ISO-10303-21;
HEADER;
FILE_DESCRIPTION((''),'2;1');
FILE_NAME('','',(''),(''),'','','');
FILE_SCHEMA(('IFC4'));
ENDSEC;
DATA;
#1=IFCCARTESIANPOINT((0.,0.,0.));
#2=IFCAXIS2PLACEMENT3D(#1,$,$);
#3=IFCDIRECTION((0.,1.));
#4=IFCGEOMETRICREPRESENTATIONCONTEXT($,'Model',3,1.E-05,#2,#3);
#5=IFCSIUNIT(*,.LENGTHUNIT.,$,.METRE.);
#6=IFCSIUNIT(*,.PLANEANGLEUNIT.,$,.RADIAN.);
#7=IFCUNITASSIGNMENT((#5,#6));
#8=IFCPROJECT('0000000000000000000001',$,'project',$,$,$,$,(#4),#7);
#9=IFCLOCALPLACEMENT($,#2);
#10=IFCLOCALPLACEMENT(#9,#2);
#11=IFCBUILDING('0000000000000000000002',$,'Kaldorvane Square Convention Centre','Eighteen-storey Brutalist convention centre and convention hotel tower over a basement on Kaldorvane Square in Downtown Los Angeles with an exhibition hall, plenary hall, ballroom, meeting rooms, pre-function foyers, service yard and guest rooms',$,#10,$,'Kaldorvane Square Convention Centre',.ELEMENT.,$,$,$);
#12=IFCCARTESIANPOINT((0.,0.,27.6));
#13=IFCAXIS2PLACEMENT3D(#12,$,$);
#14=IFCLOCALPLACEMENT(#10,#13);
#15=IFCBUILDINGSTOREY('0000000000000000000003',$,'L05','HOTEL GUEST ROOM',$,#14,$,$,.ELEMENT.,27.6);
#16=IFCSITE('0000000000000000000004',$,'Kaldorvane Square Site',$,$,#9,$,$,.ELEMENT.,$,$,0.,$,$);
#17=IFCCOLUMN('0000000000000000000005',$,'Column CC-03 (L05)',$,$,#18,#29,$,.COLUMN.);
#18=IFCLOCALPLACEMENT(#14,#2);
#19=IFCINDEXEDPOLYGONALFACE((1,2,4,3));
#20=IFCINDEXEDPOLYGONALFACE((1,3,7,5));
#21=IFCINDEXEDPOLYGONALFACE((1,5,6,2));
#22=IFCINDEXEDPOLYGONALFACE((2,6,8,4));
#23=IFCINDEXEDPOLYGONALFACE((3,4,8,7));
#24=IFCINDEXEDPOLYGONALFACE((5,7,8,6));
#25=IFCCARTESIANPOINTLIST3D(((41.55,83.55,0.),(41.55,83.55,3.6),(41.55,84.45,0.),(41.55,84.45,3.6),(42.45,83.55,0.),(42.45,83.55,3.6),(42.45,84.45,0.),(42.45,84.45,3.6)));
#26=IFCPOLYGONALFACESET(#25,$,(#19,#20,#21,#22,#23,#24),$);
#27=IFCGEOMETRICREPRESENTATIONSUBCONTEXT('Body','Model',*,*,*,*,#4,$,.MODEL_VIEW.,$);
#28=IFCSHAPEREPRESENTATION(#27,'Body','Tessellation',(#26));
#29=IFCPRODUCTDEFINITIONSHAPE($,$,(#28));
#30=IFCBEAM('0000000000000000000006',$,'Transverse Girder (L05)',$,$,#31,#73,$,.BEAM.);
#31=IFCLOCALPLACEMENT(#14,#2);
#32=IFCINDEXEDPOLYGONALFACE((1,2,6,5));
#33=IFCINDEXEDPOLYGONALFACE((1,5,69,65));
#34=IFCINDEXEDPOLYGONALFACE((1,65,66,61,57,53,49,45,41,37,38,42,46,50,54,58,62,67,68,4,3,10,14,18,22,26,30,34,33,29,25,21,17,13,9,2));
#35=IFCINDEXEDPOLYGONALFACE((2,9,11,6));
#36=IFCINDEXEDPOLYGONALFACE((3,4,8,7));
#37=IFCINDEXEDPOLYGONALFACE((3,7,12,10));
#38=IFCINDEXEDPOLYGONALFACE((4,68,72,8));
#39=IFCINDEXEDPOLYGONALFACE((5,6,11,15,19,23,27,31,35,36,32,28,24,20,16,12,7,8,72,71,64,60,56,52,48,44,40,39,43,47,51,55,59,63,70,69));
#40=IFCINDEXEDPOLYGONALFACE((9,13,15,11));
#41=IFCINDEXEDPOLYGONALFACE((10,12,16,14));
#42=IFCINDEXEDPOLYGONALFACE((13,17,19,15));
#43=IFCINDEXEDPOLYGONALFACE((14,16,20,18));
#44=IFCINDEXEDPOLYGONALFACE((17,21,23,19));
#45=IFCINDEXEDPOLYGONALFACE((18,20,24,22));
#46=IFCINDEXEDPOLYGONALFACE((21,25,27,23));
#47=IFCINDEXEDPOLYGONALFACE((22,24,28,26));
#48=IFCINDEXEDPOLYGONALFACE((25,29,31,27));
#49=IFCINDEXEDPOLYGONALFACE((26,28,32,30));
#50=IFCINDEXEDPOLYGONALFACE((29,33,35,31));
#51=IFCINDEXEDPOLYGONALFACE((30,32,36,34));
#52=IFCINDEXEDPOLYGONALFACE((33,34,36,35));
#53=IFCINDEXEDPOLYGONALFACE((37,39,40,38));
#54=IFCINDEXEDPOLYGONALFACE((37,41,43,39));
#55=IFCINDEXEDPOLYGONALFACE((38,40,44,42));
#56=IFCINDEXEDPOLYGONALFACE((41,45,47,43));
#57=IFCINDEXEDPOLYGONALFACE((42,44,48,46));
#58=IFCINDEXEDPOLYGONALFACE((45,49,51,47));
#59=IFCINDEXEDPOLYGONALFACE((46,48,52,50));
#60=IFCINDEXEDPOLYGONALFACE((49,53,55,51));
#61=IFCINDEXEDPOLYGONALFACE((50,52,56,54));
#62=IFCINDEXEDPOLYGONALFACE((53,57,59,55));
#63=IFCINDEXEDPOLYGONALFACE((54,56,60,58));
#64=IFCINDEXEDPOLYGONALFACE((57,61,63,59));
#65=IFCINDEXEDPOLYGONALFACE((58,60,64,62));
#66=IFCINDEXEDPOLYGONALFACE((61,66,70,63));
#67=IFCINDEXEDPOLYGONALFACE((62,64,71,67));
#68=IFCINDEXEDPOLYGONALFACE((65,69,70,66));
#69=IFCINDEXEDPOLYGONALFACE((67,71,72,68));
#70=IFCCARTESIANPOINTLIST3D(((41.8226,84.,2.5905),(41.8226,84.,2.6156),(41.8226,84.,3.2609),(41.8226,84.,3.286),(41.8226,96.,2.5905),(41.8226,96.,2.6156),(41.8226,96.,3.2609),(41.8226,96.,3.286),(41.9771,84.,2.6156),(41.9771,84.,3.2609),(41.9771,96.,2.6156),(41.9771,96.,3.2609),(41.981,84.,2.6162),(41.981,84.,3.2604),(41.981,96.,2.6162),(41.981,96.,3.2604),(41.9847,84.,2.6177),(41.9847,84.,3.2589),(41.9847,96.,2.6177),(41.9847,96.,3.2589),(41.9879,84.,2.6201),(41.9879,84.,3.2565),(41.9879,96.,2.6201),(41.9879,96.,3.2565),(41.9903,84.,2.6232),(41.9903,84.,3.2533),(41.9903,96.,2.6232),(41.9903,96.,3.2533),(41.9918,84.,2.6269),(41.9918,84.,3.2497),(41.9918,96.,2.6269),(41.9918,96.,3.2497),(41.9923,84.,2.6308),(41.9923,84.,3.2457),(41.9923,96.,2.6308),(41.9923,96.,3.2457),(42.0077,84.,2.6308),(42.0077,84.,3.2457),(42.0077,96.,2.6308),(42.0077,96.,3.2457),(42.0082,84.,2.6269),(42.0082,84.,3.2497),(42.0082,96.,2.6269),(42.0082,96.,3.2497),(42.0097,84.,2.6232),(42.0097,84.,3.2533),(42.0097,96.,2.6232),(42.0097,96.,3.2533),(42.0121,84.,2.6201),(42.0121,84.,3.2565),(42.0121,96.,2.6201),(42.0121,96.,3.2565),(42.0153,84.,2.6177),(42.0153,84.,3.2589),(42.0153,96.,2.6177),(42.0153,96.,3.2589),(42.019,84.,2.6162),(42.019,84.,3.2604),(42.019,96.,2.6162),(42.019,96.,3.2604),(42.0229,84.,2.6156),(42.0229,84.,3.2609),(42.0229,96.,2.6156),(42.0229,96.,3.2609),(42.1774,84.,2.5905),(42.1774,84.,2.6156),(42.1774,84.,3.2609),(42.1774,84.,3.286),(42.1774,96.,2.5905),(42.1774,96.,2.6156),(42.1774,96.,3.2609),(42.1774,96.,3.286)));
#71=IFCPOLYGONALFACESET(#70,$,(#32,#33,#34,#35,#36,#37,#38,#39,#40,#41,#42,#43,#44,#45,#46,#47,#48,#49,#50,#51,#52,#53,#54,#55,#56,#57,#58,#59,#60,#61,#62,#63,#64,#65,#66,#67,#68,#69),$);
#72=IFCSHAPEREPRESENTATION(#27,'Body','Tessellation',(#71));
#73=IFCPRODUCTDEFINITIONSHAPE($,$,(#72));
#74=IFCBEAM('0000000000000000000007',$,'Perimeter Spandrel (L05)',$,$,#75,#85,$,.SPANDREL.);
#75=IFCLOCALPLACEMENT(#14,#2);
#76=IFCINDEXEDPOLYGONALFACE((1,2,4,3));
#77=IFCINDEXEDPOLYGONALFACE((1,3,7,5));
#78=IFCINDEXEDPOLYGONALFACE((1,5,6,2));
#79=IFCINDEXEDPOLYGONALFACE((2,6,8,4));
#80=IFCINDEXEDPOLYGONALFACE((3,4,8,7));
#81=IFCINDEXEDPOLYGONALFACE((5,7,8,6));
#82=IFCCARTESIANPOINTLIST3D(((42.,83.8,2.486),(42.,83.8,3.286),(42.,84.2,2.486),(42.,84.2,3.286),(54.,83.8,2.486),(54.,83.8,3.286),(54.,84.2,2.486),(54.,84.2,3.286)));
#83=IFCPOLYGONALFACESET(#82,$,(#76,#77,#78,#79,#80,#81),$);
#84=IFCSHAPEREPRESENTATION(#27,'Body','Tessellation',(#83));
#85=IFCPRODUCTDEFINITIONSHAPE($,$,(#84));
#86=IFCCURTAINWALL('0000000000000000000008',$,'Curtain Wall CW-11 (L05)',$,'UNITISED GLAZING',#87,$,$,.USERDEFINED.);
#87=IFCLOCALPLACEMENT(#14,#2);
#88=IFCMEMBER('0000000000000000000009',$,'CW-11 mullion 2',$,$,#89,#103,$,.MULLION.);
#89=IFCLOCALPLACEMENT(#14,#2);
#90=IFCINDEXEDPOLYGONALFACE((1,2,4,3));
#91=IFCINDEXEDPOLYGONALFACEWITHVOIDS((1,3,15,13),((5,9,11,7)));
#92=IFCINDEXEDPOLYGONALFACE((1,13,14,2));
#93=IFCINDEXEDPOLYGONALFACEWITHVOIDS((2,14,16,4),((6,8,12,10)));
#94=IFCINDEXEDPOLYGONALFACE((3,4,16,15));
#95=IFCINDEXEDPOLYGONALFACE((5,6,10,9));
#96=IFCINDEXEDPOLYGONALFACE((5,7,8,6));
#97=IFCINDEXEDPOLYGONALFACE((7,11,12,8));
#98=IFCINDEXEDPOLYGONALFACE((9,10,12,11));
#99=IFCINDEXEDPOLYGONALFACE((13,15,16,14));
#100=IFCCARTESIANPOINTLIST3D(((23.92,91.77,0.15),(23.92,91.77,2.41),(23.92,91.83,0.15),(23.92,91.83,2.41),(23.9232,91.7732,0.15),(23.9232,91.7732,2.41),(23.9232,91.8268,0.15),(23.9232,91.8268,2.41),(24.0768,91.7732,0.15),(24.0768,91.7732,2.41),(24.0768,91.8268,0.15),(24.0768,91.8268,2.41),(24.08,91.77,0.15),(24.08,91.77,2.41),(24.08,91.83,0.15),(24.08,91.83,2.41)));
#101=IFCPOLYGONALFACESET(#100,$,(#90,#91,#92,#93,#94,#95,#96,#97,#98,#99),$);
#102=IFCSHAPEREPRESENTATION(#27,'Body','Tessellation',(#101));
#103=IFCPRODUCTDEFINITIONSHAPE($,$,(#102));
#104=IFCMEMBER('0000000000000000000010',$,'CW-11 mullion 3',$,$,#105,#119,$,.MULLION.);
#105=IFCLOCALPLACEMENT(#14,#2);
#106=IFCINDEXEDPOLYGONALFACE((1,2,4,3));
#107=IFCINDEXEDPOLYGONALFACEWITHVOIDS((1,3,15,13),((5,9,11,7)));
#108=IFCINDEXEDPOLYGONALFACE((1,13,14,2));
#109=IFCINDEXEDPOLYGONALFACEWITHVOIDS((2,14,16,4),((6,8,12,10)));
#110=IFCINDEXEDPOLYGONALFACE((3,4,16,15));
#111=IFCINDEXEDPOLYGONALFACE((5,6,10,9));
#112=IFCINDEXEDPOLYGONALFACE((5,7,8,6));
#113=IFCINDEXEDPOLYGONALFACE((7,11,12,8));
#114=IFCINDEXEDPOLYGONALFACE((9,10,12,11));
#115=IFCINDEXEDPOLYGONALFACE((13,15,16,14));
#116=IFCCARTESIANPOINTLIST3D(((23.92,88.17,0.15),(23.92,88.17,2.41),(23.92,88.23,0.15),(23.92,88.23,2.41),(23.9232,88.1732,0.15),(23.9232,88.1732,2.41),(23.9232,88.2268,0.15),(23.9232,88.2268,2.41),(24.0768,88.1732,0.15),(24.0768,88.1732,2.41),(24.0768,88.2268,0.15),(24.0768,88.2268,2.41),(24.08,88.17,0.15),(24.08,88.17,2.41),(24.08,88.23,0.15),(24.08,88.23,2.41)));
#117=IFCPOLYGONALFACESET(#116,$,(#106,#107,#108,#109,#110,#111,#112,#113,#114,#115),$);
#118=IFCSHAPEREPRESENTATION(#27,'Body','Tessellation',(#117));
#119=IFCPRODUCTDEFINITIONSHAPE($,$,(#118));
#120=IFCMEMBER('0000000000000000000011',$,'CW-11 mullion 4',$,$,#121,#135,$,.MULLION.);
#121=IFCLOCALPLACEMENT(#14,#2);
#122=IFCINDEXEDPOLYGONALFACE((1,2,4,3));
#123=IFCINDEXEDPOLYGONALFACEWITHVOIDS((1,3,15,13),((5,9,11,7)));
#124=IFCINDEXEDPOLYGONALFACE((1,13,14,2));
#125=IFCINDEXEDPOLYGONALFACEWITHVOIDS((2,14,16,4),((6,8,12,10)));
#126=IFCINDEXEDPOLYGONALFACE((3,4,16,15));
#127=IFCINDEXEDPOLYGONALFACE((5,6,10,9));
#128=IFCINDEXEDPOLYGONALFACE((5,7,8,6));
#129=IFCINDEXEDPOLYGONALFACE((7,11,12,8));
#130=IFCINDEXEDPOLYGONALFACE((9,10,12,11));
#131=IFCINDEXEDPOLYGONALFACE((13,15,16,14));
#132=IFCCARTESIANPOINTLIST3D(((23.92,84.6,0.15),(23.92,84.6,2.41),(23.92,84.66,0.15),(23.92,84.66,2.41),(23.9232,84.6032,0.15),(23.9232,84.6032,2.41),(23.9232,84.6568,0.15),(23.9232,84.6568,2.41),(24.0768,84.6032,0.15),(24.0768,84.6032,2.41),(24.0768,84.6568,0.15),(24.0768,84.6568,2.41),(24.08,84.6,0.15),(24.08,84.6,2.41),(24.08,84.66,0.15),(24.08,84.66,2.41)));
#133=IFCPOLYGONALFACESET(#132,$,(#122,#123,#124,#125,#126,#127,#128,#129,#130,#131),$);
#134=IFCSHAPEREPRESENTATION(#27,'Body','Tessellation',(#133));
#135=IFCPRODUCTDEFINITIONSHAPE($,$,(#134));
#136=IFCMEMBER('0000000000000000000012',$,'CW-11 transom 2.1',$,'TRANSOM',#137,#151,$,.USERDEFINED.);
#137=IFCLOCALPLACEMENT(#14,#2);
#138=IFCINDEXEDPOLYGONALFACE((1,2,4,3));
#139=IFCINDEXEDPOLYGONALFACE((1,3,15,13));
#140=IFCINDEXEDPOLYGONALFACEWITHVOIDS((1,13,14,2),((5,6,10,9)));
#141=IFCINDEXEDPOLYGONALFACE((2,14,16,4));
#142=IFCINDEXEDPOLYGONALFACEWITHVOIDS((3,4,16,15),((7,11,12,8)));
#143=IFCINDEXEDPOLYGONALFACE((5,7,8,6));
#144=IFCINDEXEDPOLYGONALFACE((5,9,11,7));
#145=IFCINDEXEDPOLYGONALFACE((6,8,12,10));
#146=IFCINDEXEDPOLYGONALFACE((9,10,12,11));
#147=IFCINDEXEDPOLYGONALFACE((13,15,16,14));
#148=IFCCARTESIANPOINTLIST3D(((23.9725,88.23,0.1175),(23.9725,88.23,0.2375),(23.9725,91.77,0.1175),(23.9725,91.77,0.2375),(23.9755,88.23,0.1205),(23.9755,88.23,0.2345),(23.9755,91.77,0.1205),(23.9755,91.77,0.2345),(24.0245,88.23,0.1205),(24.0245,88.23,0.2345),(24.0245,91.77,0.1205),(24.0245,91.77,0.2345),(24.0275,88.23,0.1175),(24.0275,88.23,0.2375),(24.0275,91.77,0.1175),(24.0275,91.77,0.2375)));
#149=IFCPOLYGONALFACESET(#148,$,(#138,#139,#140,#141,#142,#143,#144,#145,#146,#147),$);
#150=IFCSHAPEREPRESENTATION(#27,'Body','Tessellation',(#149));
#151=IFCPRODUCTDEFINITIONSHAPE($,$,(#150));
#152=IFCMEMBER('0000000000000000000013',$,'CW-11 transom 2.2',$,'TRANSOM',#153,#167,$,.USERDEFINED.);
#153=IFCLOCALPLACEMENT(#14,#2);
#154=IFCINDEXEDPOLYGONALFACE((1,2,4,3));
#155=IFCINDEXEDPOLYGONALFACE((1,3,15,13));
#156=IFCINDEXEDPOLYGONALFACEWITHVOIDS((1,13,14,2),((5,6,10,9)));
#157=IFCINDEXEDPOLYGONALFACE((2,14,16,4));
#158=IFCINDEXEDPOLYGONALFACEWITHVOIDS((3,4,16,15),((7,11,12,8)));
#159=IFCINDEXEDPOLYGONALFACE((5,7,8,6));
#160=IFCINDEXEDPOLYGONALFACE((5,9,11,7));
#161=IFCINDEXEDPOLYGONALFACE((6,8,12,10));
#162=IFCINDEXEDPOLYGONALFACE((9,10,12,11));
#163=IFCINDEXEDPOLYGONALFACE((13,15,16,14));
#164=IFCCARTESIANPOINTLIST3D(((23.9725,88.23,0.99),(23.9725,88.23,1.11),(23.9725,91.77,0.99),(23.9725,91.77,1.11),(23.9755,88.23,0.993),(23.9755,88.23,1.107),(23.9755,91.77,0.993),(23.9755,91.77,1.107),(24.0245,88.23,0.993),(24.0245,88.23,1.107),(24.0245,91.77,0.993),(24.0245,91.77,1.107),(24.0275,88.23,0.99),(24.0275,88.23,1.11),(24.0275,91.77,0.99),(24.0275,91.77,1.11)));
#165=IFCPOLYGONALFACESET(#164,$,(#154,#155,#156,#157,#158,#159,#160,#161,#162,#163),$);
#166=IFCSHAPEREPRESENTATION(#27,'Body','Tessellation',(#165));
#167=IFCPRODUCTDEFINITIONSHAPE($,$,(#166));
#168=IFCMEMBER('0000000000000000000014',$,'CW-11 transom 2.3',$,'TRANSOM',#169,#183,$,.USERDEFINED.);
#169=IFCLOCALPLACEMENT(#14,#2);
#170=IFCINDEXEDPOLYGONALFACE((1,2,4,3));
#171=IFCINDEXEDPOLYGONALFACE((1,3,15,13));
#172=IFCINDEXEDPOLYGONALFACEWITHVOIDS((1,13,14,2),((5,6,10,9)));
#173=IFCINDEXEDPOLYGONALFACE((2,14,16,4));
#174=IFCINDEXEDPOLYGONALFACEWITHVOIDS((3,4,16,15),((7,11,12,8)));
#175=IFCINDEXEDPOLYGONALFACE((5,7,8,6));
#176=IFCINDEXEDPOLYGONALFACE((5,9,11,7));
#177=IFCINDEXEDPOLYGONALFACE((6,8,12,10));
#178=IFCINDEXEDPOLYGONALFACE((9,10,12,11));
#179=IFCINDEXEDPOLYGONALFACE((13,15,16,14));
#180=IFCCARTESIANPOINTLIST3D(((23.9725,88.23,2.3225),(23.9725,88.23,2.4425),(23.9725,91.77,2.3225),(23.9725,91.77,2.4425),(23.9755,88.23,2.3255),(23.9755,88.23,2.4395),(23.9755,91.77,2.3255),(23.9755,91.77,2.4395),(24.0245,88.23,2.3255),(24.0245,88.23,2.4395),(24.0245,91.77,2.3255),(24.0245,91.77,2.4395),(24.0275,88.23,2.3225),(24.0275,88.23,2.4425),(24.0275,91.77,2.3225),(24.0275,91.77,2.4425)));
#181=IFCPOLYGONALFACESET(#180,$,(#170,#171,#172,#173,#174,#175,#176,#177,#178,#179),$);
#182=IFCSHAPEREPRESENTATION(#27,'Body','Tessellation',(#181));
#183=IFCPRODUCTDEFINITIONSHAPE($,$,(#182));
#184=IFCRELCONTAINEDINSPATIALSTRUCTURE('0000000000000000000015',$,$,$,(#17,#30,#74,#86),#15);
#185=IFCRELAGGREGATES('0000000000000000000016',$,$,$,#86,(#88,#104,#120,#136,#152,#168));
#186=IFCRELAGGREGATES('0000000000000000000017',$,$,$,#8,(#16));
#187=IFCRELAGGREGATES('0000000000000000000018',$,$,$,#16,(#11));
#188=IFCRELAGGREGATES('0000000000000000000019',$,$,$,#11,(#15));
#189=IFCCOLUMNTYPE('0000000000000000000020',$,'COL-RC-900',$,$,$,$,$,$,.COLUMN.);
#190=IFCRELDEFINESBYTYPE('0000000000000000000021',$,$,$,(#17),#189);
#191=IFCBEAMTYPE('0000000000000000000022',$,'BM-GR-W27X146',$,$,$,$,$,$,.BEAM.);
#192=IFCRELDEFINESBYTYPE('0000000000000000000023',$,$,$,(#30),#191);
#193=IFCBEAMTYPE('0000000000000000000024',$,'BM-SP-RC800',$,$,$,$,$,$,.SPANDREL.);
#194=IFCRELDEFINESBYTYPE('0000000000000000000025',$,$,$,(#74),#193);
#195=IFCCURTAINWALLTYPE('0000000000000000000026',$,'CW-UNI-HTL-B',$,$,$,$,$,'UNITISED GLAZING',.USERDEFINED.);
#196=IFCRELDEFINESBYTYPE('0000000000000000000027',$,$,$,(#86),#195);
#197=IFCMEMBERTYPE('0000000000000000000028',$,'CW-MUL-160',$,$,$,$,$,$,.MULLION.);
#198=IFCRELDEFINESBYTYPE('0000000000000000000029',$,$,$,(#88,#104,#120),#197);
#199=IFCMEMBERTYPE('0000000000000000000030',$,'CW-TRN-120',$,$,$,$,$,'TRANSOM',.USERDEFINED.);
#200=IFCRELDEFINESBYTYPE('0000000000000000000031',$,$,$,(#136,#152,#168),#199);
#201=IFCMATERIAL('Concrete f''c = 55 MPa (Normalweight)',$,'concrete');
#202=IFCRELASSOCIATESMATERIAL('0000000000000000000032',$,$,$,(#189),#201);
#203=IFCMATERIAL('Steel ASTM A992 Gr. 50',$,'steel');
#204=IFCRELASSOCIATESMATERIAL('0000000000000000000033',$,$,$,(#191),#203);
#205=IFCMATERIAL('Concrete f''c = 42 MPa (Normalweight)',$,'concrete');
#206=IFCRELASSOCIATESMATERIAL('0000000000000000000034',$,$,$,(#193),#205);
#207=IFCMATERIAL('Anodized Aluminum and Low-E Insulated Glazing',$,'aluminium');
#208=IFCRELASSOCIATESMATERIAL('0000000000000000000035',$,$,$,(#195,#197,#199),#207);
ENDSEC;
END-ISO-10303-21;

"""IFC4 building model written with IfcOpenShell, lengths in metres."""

from ifc_helpers import new_model, si_unit, direction, frame, origin, origin_2d, place, context, subcontext, project, spatial, rectangle, hollow_rectangle, i_section, extrude, material, material_profile, profile_set, type_object, element, aggregate, save


model = new_model("IFC4")

# Units and contexts
model_context = context("Model", 3, precision=1e-05, world=origin(), true_north=direction((0.0, 1.0)))
body_context = subcontext(model_context, "Body", "Model", "MODEL_VIEW")
ifc_project = project(units=[si_unit("LENGTHUNIT", "METRE"), si_unit("PLANEANGLEUNIT", "RADIAN")], contexts=[model_context])

# Site, building, storey
site_placement = place(None, origin())
site = spatial("IfcSite", under=ifc_project, at=site_placement, Name="Kaldorvane Square Site", CompositionType="ELEMENT", RefElevation=0.0)
building_placement = place(site_placement, origin())
building = spatial("IfcBuilding", under=site, at=building_placement, Name="Kaldorvane Square Convention Centre", Description="Eighteen-storey Brutalist convention centre and convention hotel tower over a basement on Kaldorvane Square in Downtown Los Angeles with an exhibition hall, plenary hall, ballroom, meeting rooms, pre-function foyers, service yard and guest rooms", LongName="Kaldorvane Square Convention Centre", CompositionType="ELEMENT")
storey_placement = place(building_placement, frame((0.0, 0.0, 27.6)))
storey = spatial("IfcBuildingStorey", under=building, at=storey_placement, Name="L05", Description="HOTEL GUEST ROOM", CompositionType="ELEMENT", Elevation=27.6)

# Column
ifc_material_1 = material(Name="Concrete f'c = 55 MPa (Normalweight)", Category="concrete")
ifc_material_profile_1 = material_profile(ifc_material_1, rectangle(XDim=0.9, YDim=0.9, at=origin_2d()), Name="RC900X900")
ifc_profile_set_1 = profile_set([ifc_material_profile_1], Name="Concrete f'c = 55 MPa (Normalweight)")
column_type = type_object("IfcColumnType", Name="COL-RC-900", PredefinedType="COLUMN", material=ifc_profile_set_1)
column_placement = place(storey_placement, frame((42.0, 84.0, 0.0), z_axis=(0.0, 0.0, 1.0), x_axis=(1.0, 0.0, 0.0)))
element("IfcColumn", 1, at=column_placement, inside=storey, type_object=column_type, Name="Column CC-03 (L05)", PredefinedType="COLUMN", context=body_context, shape_type="SweptSolid", body=[
    extrude(rectangle(XDim=0.9, YDim=0.9, at=origin_2d()), origin(), (0.0, 0.0, 1.0), 3.6),
])

# Beams
ifc_material_2 = material(Name="Steel ASTM A992 Gr. 50", Category="steel")
ifc_material_profile_2 = material_profile(ifc_material_2, i_section(OverallWidth=0.3547, OverallDepth=0.6955, WebThickness=0.0154, FlangeThickness=0.0251, FilletRadius=0.0152, at=origin_2d()), Name="W27X146")
ifc_profile_set_2 = profile_set([ifc_material_profile_2], Name="Steel ASTM A992 Gr. 50")
beam_type_1 = type_object("IfcBeamType", Name="BM-GR-W27X146", PredefinedType="BEAM", material=ifc_profile_set_2)
beam_1_placement = place(storey_placement, frame((42.0, 84.0, 2.9383), z_axis=(0.0, 1.0, 0.0), x_axis=(-1.0, 0.0, 0.0)))
element("IfcBeam", 2, at=beam_1_placement, inside=storey, type_object=beam_type_1, Name="Transverse Girder (L05)", PredefinedType="BEAM", context=body_context, shape_type="SweptSolid", body=[
    extrude(i_section(OverallWidth=0.3547, OverallDepth=0.6955, WebThickness=0.0154, FlangeThickness=0.0251, FilletRadius=0.0152, at=origin_2d()), origin(), (0.0, 0.0, 1.0), 12.0),
])
ifc_material_3 = material(Name="Concrete f'c = 42 MPa (Normalweight)", Category="concrete")
ifc_material_profile_3 = material_profile(ifc_material_3, rectangle(XDim=0.4, YDim=0.8, at=origin_2d()), Name="RCSP800X400")
ifc_profile_set_3 = profile_set([ifc_material_profile_3], Name="Concrete f'c = 42 MPa (Normalweight)")
beam_type_2 = type_object("IfcBeamType", Name="BM-SP-RC800", PredefinedType="SPANDREL", material=ifc_profile_set_3)
beam_2_placement = place(storey_placement, frame((42.0, 84.0, 2.886), z_axis=(1.0, 0.0, 0.0), x_axis=(0.0, 1.0, 0.0)))
element("IfcBeam", 3, at=beam_2_placement, inside=storey, type_object=beam_type_2, Name="Perimeter Spandrel (L05)", PredefinedType="SPANDREL", context=body_context, shape_type="SweptSolid", body=[
    extrude(rectangle(XDim=0.4, YDim=0.8, at=origin_2d()), origin(), (0.0, 0.0, 1.0), 12.0),
])

# Curtain wall, members
ifc_material_4 = material(Name="Anodized Aluminum and Low-E Insulated Glazing", Category="aluminium")
curtain_wall_type = type_object("IfcCurtainWallType", Name="CW-UNI-HTL-B", ElementType="UNITISED GLAZING", PredefinedType="USERDEFINED", material=ifc_material_4)
curtain_wall_placement = place(storey_placement, origin())
curtain_wall = element("IfcCurtainWall", 4, at=curtain_wall_placement, inside=storey, type_object=curtain_wall_type, Name="Curtain Wall CW-11 (L05)", ObjectType="UNITISED GLAZING", PredefinedType="USERDEFINED")
ifc_material_profile_4 = material_profile(ifc_material_4, hollow_rectangle(XDim=0.06, YDim=0.16, WallThickness=0.0032, at=origin_2d()), Name="CWM-160X60")
ifc_profile_set_4 = profile_set([ifc_material_profile_4], Name="Anodized Aluminum and Low-E Insulated Glazing")
member_type_1 = type_object("IfcMemberType", Name="CW-MUL-160", PredefinedType="MULLION", material=ifc_profile_set_4)
member_1_placement = place(storey_placement, frame((24.0, 91.8, 0.15), z_axis=(0.0, 0.0, 1.0), x_axis=(0.0, -1.0, 0.0)))
member_1 = element("IfcMember", 5, at=member_1_placement, type_object=member_type_1, Name="CW-11 mullion 2", PredefinedType="MULLION", context=body_context, shape_type="SweptSolid", body=[
    extrude(hollow_rectangle(XDim=0.06, YDim=0.16, WallThickness=0.0032, at=origin_2d()), origin(), (0.0, 0.0, 1.0), 2.26),
])
member_2_placement = place(storey_placement, frame((24.0, 88.2, 0.15), z_axis=(0.0, 0.0, 1.0), x_axis=(0.0, -1.0, 0.0)))
member_2 = element("IfcMember", 6, at=member_2_placement, type_object=member_type_1, Name="CW-11 mullion 3", PredefinedType="MULLION", context=body_context, shape_type="SweptSolid", body=[
    extrude(hollow_rectangle(XDim=0.06, YDim=0.16, WallThickness=0.0032, at=origin_2d()), origin(), (0.0, 0.0, 1.0), 2.26),
])
member_3_placement = place(storey_placement, frame((24.0, 84.63, 0.15), z_axis=(0.0, 0.0, 1.0), x_axis=(0.0, -1.0, 0.0)))
member_3 = element("IfcMember", 7, at=member_3_placement, type_object=member_type_1, Name="CW-11 mullion 4", PredefinedType="MULLION", context=body_context, shape_type="SweptSolid", body=[
    extrude(hollow_rectangle(XDim=0.06, YDim=0.16, WallThickness=0.0032, at=origin_2d()), origin(), (0.0, 0.0, 1.0), 2.26),
])
ifc_material_profile_5 = material_profile(ifc_material_4, hollow_rectangle(XDim=0.055, YDim=0.12, WallThickness=0.003, at=origin_2d()), Name="CWT-120X55")
ifc_profile_set_5 = profile_set([ifc_material_profile_5], Name="Anodized Aluminum and Low-E Insulated Glazing")
member_type_2 = type_object("IfcMemberType", Name="CW-TRN-120", ElementType="TRANSOM", PredefinedType="USERDEFINED", material=ifc_profile_set_5)
member_4_placement = place(storey_placement, frame((24.0, 91.77, 0.1775), z_axis=(0.0, -1.0, 0.0), x_axis=(1.0, 0.0, 0.0)))
member_4 = element("IfcMember", 8, at=member_4_placement, type_object=member_type_2, Name="CW-11 transom 2.1", ObjectType="TRANSOM", PredefinedType="USERDEFINED", context=body_context, shape_type="SweptSolid", body=[
    extrude(hollow_rectangle(XDim=0.055, YDim=0.12, WallThickness=0.003, at=origin_2d()), origin(), (0.0, 0.0, 1.0), 3.54),
])
member_5_placement = place(storey_placement, frame((24.0, 91.77, 1.05), z_axis=(0.0, -1.0, 0.0), x_axis=(1.0, 0.0, 0.0)))
member_5 = element("IfcMember", 9, at=member_5_placement, type_object=member_type_2, Name="CW-11 transom 2.2", ObjectType="TRANSOM", PredefinedType="USERDEFINED", context=body_context, shape_type="SweptSolid", body=[
    extrude(hollow_rectangle(XDim=0.055, YDim=0.12, WallThickness=0.003, at=origin_2d()), origin(), (0.0, 0.0, 1.0), 3.54),
])
member_6_placement = place(storey_placement, frame((24.0, 91.77, 2.3825), z_axis=(0.0, -1.0, 0.0), x_axis=(1.0, 0.0, 0.0)))
member_6 = element("IfcMember", 10, at=member_6_placement, type_object=member_type_2, Name="CW-11 transom 2.3", ObjectType="TRANSOM", PredefinedType="USERDEFINED", context=body_context, shape_type="SweptSolid", body=[
    extrude(hollow_rectangle(XDim=0.055, YDim=0.12, WallThickness=0.003, at=origin_2d()), origin(), (0.0, 0.0, 1.0), 3.54),
])
aggregate(curtain_wall, [member_1, member_2, member_3, member_4, member_5, member_6])

save(model, "model.ifc")
